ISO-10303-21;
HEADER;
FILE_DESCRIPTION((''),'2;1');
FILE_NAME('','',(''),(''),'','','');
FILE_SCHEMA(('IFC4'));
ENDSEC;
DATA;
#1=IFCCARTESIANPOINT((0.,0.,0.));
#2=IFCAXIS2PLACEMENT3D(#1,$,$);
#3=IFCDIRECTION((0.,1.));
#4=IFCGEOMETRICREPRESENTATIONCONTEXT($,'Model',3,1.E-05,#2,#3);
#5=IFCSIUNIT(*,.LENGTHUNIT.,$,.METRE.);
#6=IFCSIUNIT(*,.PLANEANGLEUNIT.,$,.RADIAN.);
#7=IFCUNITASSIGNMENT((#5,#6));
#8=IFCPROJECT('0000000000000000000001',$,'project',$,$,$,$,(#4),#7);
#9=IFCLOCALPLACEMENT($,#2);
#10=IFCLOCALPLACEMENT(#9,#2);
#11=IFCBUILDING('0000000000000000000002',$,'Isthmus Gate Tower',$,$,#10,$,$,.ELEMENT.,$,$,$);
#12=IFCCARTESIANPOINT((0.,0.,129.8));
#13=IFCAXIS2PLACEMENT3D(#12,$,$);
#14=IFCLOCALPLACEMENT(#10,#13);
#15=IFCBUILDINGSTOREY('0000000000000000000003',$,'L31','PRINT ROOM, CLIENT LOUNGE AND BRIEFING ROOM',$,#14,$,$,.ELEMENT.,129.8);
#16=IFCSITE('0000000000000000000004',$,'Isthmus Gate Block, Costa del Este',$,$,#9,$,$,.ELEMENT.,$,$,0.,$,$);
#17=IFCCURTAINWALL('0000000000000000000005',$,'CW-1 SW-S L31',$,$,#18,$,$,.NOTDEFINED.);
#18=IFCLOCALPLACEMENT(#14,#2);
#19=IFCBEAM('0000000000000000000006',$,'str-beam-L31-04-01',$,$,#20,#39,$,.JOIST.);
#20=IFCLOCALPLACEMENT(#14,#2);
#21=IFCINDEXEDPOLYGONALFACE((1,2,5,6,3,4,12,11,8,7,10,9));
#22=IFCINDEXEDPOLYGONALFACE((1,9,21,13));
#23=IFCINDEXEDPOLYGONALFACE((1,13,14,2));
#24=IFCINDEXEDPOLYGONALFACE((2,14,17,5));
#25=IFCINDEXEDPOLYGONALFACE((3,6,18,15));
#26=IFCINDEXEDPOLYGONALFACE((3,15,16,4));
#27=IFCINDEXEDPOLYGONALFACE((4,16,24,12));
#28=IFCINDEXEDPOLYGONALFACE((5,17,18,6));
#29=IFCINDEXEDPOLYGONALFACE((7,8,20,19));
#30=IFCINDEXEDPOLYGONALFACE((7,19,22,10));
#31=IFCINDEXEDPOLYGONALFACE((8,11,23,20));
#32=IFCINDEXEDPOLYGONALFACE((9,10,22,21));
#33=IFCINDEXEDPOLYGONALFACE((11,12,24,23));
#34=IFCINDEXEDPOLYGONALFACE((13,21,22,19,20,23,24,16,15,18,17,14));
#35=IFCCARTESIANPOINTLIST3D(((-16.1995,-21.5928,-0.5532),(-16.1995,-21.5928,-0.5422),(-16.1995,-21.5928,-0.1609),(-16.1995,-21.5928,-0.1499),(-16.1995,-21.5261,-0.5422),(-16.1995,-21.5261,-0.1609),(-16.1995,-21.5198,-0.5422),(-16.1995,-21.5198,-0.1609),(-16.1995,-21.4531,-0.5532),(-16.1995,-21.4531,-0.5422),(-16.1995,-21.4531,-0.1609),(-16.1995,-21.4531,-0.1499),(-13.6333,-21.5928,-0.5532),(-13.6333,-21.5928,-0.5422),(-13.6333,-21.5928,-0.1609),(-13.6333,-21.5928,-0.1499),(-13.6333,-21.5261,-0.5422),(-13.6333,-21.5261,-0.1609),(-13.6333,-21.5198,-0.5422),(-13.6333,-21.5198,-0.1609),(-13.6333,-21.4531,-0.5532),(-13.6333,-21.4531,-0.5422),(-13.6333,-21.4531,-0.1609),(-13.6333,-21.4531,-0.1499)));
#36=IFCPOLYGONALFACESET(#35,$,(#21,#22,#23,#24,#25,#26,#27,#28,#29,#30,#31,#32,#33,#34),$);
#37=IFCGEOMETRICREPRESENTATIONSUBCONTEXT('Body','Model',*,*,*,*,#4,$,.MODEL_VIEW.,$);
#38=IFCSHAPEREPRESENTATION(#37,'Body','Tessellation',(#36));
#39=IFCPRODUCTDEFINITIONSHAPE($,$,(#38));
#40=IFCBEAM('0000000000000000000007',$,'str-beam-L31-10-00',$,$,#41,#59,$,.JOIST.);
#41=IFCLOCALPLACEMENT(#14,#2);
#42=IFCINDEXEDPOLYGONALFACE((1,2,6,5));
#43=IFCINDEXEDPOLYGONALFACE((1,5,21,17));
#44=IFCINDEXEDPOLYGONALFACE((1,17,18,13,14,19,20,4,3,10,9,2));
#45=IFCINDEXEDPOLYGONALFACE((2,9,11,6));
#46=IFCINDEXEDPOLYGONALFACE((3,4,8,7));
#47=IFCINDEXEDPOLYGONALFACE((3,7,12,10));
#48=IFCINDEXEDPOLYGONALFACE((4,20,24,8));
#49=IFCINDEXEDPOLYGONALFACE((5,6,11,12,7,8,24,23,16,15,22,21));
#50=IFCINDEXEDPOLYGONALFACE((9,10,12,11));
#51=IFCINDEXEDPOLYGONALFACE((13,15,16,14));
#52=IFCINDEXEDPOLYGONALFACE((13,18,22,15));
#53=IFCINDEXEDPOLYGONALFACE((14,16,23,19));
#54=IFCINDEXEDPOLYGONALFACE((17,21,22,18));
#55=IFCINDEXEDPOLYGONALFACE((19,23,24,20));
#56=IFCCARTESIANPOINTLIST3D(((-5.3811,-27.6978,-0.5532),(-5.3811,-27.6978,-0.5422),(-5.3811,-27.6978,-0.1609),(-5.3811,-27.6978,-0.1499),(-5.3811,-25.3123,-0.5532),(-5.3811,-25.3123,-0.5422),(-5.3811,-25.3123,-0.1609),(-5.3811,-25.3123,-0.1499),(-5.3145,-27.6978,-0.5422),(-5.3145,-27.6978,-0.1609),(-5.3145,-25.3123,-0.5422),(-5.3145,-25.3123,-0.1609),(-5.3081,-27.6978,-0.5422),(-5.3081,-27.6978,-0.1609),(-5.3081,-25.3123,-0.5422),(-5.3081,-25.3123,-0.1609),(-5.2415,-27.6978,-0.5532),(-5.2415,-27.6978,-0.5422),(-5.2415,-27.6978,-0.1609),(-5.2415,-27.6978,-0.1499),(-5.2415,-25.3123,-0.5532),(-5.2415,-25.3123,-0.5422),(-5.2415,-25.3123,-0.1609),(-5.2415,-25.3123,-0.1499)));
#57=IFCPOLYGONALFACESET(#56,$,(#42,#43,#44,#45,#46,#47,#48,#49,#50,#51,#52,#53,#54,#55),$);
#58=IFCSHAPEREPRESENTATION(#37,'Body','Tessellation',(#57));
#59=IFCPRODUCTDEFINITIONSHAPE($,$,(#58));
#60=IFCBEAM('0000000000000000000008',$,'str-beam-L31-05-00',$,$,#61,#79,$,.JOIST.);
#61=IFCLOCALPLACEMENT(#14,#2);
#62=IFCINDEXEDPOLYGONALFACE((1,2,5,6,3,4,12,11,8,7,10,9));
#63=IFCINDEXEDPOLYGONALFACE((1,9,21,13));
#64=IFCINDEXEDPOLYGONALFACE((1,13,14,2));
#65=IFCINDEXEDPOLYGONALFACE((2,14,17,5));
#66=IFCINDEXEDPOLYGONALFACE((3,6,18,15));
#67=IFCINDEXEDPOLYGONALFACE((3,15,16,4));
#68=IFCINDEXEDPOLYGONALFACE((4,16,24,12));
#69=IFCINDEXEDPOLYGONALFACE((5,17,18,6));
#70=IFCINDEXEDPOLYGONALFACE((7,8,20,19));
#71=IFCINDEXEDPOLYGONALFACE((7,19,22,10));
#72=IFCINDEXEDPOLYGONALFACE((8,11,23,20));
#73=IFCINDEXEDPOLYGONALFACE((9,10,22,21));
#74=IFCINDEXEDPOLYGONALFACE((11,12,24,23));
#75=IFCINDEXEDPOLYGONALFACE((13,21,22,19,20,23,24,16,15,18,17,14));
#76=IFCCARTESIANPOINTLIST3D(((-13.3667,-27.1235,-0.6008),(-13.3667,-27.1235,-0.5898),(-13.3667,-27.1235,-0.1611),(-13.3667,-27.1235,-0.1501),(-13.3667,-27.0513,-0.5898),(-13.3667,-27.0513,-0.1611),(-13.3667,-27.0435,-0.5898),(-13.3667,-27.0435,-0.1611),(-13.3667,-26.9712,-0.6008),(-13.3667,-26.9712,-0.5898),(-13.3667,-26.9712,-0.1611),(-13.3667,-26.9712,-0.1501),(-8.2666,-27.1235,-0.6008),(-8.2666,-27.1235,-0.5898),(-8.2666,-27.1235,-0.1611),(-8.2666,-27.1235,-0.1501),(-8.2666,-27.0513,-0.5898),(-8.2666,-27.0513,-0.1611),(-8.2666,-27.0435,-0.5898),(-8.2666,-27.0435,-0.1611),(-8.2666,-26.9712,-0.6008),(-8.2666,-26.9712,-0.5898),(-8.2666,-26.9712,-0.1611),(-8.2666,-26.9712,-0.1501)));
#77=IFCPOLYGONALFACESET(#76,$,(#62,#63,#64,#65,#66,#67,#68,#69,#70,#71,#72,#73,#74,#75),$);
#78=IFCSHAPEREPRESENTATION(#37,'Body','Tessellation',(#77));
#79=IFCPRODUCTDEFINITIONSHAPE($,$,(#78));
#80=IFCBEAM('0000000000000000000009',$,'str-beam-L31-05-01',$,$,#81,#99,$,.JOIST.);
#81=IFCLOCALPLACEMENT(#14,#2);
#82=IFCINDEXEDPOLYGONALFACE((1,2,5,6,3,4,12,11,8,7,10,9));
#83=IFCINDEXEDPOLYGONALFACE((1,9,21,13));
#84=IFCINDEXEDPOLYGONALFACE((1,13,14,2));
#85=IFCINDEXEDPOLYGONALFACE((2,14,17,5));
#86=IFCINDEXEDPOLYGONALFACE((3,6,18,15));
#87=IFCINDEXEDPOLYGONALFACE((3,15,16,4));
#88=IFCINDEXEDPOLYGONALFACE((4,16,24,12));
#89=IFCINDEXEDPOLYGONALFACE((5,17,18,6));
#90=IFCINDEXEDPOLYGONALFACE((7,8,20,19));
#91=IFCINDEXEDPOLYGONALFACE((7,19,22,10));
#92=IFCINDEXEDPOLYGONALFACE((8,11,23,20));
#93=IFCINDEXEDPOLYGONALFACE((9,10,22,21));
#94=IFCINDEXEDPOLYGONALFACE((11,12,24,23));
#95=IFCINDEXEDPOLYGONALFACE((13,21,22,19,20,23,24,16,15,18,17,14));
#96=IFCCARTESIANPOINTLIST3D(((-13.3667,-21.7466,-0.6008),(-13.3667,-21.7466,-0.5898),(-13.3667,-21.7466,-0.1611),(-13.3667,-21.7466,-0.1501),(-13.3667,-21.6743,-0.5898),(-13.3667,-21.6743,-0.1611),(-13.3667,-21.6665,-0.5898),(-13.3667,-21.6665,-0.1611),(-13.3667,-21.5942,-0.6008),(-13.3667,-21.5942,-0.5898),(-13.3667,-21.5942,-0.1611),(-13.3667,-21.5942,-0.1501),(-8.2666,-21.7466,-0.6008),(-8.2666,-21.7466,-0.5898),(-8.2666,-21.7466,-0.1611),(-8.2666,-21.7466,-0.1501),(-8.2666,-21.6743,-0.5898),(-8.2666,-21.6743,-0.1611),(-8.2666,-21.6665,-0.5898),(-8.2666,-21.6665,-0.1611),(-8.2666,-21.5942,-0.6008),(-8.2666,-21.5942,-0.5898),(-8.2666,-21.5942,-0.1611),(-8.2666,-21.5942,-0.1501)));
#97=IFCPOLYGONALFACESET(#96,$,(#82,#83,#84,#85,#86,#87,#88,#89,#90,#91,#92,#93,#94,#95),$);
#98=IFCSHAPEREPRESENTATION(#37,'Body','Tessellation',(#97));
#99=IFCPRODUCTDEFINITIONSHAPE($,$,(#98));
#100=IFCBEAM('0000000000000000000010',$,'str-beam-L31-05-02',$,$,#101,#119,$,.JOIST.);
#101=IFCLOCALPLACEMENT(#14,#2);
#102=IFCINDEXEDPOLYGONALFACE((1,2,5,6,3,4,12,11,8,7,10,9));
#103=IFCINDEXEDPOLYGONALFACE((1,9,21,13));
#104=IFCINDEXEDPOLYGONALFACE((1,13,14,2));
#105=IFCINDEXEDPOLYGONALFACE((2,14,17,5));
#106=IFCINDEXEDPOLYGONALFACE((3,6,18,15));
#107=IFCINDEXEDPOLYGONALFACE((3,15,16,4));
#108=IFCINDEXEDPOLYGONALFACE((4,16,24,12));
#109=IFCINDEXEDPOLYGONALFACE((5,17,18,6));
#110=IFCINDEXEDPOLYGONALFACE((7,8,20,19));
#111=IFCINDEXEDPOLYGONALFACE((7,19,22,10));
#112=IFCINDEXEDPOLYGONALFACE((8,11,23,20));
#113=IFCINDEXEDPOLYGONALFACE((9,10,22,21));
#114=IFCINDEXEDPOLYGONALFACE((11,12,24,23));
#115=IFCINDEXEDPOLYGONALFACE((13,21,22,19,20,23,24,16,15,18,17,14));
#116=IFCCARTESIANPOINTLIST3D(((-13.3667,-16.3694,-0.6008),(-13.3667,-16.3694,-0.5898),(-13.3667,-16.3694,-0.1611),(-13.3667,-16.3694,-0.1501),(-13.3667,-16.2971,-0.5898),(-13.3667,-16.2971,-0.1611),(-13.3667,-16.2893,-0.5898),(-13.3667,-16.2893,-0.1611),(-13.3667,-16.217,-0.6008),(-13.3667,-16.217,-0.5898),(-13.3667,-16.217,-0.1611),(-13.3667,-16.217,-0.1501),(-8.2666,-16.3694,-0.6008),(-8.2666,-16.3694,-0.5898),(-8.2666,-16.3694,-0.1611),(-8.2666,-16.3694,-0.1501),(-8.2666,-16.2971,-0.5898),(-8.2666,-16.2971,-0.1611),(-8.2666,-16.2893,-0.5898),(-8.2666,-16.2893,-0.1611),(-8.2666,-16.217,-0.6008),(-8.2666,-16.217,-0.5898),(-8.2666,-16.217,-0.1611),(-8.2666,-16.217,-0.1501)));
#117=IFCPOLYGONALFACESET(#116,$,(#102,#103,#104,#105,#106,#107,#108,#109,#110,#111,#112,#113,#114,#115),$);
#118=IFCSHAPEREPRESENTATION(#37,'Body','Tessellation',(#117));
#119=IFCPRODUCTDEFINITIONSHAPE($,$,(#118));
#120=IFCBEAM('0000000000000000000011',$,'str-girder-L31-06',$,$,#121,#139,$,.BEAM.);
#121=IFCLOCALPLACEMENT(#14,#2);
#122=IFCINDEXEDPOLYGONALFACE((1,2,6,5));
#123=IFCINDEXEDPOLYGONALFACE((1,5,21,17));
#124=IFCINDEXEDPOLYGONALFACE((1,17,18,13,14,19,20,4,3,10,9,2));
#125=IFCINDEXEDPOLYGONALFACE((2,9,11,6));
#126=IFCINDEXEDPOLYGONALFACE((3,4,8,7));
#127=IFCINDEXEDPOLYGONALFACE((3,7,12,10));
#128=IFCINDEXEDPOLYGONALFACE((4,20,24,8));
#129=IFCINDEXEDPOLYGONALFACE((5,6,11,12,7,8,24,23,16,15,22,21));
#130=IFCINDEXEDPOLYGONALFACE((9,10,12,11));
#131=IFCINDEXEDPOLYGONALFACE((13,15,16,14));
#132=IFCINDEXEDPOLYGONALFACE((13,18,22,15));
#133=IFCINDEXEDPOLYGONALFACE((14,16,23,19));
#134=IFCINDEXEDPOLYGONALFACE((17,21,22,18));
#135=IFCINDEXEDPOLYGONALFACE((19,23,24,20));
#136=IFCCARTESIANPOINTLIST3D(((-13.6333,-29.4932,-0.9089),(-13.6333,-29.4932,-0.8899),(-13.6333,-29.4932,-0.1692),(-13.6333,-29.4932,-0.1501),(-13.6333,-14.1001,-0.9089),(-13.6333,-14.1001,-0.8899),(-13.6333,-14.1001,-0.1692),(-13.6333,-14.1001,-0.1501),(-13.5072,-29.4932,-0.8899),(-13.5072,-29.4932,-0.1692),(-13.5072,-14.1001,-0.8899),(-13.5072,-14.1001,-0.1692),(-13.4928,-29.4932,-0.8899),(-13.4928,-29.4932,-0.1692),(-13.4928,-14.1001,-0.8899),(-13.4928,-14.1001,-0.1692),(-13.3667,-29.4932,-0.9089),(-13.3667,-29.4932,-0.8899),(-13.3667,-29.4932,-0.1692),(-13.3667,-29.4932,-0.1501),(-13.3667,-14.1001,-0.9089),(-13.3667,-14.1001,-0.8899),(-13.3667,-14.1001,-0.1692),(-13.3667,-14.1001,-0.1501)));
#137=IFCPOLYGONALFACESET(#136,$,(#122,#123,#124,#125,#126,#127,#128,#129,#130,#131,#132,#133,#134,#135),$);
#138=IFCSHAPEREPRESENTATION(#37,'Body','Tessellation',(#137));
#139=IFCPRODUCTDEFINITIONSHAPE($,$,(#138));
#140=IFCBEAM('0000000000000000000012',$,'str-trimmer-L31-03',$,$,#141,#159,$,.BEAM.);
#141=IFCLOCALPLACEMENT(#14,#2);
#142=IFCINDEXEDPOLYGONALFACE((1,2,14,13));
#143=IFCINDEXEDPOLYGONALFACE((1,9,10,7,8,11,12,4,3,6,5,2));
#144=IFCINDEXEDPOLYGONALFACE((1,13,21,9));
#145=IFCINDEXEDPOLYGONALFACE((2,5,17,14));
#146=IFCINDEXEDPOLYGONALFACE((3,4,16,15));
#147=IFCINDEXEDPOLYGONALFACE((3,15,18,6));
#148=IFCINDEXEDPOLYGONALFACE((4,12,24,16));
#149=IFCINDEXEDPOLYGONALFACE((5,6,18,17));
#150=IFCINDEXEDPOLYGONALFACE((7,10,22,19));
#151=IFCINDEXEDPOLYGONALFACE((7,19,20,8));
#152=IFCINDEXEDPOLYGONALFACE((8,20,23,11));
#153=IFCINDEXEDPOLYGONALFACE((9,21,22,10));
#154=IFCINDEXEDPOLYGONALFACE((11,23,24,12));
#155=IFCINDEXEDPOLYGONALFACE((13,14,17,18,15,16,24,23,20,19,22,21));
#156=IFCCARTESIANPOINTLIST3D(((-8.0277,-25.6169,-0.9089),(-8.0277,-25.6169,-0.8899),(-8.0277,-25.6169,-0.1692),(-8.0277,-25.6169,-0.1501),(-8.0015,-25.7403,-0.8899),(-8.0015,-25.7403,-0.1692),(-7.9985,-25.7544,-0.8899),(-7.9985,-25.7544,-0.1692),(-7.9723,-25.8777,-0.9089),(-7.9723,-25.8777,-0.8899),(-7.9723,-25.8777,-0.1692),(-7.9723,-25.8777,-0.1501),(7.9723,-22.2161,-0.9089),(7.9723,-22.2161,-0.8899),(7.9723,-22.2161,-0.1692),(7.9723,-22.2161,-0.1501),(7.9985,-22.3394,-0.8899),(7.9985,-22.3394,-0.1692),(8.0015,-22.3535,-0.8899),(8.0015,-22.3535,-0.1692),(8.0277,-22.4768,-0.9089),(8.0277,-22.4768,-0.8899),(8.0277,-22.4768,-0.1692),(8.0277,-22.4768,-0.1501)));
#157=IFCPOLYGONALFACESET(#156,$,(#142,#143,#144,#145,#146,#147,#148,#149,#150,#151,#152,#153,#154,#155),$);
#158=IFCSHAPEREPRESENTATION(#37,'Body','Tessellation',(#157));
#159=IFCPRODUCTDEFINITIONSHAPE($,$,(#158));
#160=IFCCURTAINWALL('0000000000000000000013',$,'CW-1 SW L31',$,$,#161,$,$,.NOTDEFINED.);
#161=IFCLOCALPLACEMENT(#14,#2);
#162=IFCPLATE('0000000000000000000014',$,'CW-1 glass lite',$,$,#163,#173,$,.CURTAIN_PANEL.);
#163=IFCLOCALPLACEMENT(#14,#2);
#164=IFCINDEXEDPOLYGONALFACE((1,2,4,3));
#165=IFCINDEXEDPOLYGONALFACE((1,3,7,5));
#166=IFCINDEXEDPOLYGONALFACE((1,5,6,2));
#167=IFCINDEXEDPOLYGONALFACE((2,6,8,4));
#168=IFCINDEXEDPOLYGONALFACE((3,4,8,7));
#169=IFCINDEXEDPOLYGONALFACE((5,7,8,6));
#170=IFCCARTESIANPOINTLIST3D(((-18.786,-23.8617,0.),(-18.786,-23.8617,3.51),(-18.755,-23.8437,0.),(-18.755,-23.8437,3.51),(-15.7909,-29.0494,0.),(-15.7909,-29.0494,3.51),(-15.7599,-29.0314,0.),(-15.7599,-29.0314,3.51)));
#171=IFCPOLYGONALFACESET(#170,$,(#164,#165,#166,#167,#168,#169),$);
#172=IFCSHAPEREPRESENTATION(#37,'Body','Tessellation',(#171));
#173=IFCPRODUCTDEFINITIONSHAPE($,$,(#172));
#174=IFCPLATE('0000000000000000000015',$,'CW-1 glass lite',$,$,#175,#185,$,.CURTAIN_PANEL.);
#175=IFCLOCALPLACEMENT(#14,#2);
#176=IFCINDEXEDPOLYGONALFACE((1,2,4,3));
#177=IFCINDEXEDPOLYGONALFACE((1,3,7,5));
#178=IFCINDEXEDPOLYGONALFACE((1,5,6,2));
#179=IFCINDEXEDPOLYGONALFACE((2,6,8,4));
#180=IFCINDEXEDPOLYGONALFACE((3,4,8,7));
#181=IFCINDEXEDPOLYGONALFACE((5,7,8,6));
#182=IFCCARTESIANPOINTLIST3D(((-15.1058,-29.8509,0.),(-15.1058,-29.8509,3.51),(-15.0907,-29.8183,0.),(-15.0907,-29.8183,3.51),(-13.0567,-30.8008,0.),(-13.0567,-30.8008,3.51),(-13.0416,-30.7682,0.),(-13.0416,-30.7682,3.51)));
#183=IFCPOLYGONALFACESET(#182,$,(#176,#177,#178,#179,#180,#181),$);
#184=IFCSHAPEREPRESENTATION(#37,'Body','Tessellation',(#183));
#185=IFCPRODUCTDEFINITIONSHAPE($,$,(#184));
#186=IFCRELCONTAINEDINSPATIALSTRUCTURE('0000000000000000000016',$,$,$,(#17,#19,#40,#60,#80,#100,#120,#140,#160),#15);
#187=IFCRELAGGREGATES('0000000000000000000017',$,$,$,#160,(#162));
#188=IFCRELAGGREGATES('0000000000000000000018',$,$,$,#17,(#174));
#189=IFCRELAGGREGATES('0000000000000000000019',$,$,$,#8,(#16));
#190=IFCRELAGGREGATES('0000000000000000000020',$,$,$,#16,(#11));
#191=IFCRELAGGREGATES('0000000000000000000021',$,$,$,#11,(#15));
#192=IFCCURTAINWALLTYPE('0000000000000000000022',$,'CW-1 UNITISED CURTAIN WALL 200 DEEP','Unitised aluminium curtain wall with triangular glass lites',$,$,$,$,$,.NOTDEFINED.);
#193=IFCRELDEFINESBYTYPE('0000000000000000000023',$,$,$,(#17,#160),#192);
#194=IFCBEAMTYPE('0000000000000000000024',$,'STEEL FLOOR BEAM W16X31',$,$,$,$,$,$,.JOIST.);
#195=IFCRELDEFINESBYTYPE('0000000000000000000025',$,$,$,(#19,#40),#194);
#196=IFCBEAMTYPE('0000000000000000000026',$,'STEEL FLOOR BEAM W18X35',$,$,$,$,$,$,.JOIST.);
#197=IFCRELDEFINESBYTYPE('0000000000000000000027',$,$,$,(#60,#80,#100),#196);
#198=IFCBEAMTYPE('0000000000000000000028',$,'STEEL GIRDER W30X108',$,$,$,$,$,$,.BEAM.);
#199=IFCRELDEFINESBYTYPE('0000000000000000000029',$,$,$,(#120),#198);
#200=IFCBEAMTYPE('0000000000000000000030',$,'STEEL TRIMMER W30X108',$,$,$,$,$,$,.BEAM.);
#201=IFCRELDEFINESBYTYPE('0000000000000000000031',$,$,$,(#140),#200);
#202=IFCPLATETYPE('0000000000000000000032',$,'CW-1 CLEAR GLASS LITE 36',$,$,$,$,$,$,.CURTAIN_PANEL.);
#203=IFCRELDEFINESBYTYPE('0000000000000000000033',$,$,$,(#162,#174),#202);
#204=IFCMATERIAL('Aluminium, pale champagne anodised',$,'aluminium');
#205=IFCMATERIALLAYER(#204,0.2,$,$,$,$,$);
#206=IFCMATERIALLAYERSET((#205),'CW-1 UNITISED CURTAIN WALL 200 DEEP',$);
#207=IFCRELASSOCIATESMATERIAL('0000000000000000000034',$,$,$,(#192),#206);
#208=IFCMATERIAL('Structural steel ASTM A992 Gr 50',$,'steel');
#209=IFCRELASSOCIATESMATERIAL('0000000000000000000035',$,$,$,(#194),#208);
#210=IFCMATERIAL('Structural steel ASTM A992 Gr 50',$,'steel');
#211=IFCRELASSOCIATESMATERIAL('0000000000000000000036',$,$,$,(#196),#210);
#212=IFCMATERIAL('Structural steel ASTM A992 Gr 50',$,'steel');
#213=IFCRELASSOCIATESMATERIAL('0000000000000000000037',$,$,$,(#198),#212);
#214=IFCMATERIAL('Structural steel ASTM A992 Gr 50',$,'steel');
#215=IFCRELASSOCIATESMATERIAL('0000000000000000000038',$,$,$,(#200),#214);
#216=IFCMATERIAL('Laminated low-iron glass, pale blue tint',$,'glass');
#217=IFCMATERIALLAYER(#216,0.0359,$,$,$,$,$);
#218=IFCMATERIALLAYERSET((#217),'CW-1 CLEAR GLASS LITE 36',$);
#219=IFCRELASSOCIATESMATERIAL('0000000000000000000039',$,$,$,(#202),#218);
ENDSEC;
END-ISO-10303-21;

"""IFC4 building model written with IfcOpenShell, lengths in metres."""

from ifc_helpers import new_model, si_unit, direction, frame, origin, origin_2d, place, context, subcontext, project, spatial, rectangle, i_section, extrude, material, layer, layer_set, material_profile, profile_set, type_object, element, aggregate, save


model = new_model("IFC4")

# Units and contexts
model_context = context("Model", 3, precision=1e-05, world=origin(), true_north=direction((0.0, 1.0)))
body_context = subcontext(model_context, "Body", "Model", "MODEL_VIEW")
ifc_project = project(units=[si_unit("LENGTHUNIT", "METRE"), si_unit("PLANEANGLEUNIT", "RADIAN")], contexts=[model_context])

# Site, building, storey
site_placement = place(None, origin())
site = spatial("IfcSite", under=ifc_project, at=site_placement, Name="Isthmus Gate Block, Costa del Este", CompositionType="ELEMENT", RefElevation=0.0)
building_placement = place(site_placement, origin())
building = spatial("IfcBuilding", under=site, at=building_placement, Name="Isthmus Gate Tower", CompositionType="ELEMENT")
storey_placement = place(building_placement, frame((0.0, 0.0, 129.8)))
storey = spatial("IfcBuildingStorey", under=building, at=storey_placement, Name="L31", Description="PRINT ROOM, CLIENT LOUNGE AND BRIEFING ROOM", CompositionType="ELEMENT", Elevation=129.8)

# Curtain wall
ifc_material_1 = material(Name="Aluminium, pale champagne anodised", Category="aluminium")
ifc_layer_1 = layer(ifc_material_1, 0.2)
ifc_layer_set_1 = layer_set([ifc_layer_1], Name="CW-1 UNITISED CURTAIN WALL 200 DEEP")
curtain_wall_type_1 = type_object("IfcCurtainWallType", Name="CW-1 UNITISED CURTAIN WALL 200 DEEP", Description="Unitised aluminium curtain wall with triangular glass lites", PredefinedType="NOTDEFINED", material=ifc_layer_set_1)
curtain_wall_1_placement = place(storey_placement, origin())
curtain_wall_1 = element("IfcCurtainWall", 1, at=curtain_wall_1_placement, inside=storey, type_object=curtain_wall_type_1, Name="CW-1 SW-S L31", PredefinedType="NOTDEFINED")

# Beams
ifc_material_2 = material(Name="Structural steel ASTM A992 Gr 50", Category="steel")
ifc_material_profile_1 = material_profile(ifc_material_2, i_section(OverallWidth=0.1396, OverallDepth=0.4033, WebThickness=0.0063, FlangeThickness=0.011, at=origin_2d()), Name="W16X31")
ifc_profile_set_1 = profile_set([ifc_material_profile_1], Name="Structural steel ASTM A992 Gr 50")
beam_type_1 = type_object("IfcBeamType", Name="STEEL FLOOR BEAM W16X31", PredefinedType="JOIST", material=ifc_profile_set_1)
beam_1_placement = place(storey_placement, frame((-16.1995, -21.5229, -0.3516), z_axis=(1.0, 0.0, 0.0), x_axis=(0.0, 1.0, 0.0)))
element("IfcBeam", 2, at=beam_1_placement, inside=storey, type_object=beam_type_1, Name="str-beam-L31-04-01", PredefinedType="JOIST", context=body_context, shape_type="SweptSolid", body=[
    extrude(i_section(OverallWidth=0.1396, OverallDepth=0.4033, WebThickness=0.0063, FlangeThickness=0.011, at=origin_2d()), origin(), (0.0, 0.0, 1.0), 2.5662),
])
beam_2_placement = place(storey_placement, frame((-5.3113, -27.6978, -0.3516), z_axis=(0.0, 1.0, 0.0), x_axis=(-1.0, 0.0, 0.0)))
element("IfcBeam", 3, at=beam_2_placement, inside=storey, type_object=beam_type_1, Name="str-beam-L31-10-00", PredefinedType="JOIST", context=body_context, shape_type="SweptSolid", body=[
    extrude(i_section(OverallWidth=0.1396, OverallDepth=0.4033, WebThickness=0.0063, FlangeThickness=0.011, at=origin_2d()), origin(), (0.0, 0.0, 1.0), 2.3855),
])
ifc_material_3 = material(Name="Structural steel ASTM A992 Gr 50", Category="steel")
ifc_material_profile_2 = material_profile(ifc_material_3, i_section(OverallWidth=0.1523, OverallDepth=0.4507, WebThickness=0.0078, FlangeThickness=0.011, at=origin_2d()), Name="W18X35")
ifc_profile_set_2 = profile_set([ifc_material_profile_2], Name="Structural steel ASTM A992 Gr 50")
beam_type_2 = type_object("IfcBeamType", Name="STEEL FLOOR BEAM W18X35", PredefinedType="JOIST", material=ifc_profile_set_2)
for number, where, z_axis, x_axis, name in (
    (4, (-13.3667, -27.0474, -0.3755), (1.0, 0.0, 0.0), (0.0, 1.0, 0.0), "str-beam-L31-05-00"),
    (5, (-13.3667, -21.6704, -0.3755), (1.0, 0.0, 0.0), (0.0, 1.0, 0.0), "str-beam-L31-05-01"),
    (6, (-13.3667, -16.2932, -0.3755), (1.0, 0.0, 0.0), (0.0, 1.0, 0.0), "str-beam-L31-05-02"),
):
    element("IfcBeam", number, at=place(storey_placement, frame(where, z_axis=z_axis, x_axis=x_axis)), inside=storey, type_object=beam_type_2, Name=name, PredefinedType="JOIST", context=body_context, shape_type="SweptSolid", body=[
        extrude(i_section(OverallWidth=0.1523, OverallDepth=0.4507, WebThickness=0.0078, FlangeThickness=0.011, at=origin_2d()), origin(), (0.0, 0.0, 1.0), 5.1001),
    ])
ifc_material_4 = material(Name="Structural steel ASTM A992 Gr 50", Category="steel")
ifc_material_profile_3 = material_profile(ifc_material_4, i_section(OverallWidth=0.2666, OverallDepth=0.7588, WebThickness=0.0144, FlangeThickness=0.019, at=origin_2d()), Name="W30X108")
ifc_profile_set_3 = profile_set([ifc_material_profile_3], Name="Structural steel ASTM A992 Gr 50")
beam_type_3 = type_object("IfcBeamType", Name="STEEL GIRDER W30X108", PredefinedType="BEAM", material=ifc_profile_set_3)
beam_3_placement = place(storey_placement, frame((-13.5, -29.4932, -0.5295), z_axis=(0.0, 1.0, 0.0), x_axis=(-1.0, 0.0, 0.0)))
element("IfcBeam", 7, at=beam_3_placement, inside=storey, type_object=beam_type_3, Name="str-girder-L31-06", PredefinedType="BEAM", context=body_context, shape_type="SweptSolid", body=[
    extrude(i_section(OverallWidth=0.2666, OverallDepth=0.7588, WebThickness=0.0144, FlangeThickness=0.019, at=origin_2d()), origin(), (0.0, 0.0, 1.0), 15.3931),
])
ifc_material_5 = material(Name="Structural steel ASTM A992 Gr 50", Category="steel")
ifc_material_profile_4 = material_profile(ifc_material_5, i_section(OverallWidth=0.2666, OverallDepth=0.7588, WebThickness=0.0144, FlangeThickness=0.019, at=origin_2d()), Name="W30X108")
ifc_profile_set_4 = profile_set([ifc_material_profile_4], Name="Structural steel ASTM A992 Gr 50")
beam_type_4 = type_object("IfcBeamType", Name="STEEL TRIMMER W30X108", PredefinedType="BEAM", material=ifc_profile_set_4)
beam_4_placement = place(storey_placement, frame((-8.0, -25.7473, -0.5295), z_axis=(0.978148, 0.20791, 0.0), x_axis=(-0.20791, 0.978148, 0.0)))
element("IfcBeam", 8, at=beam_4_placement, inside=storey, type_object=beam_type_4, Name="str-trimmer-L31-03", PredefinedType="BEAM", context=body_context, shape_type="SweptSolid", body=[
    extrude(i_section(OverallWidth=0.2666, OverallDepth=0.7588, WebThickness=0.0144, FlangeThickness=0.019, at=origin_2d()), origin(), (0.0, 0.0, 1.0), 16.3574),
])

# Curtain wall, plate
curtain_wall_2_placement = place(storey_placement, origin())
curtain_wall_2 = element("IfcCurtainWall", 9, at=curtain_wall_2_placement, inside=storey, type_object=curtain_wall_type_1, Name="CW-1 SW L31", PredefinedType="NOTDEFINED")
ifc_material_6 = material(Name="Laminated low-iron glass, pale blue tint", Category="glass")
ifc_layer_2 = layer(ifc_material_6, 0.0359)
ifc_layer_set_2 = layer_set([ifc_layer_2], Name="CW-1 CLEAR GLASS LITE 36")
plate_type_1 = type_object("IfcPlateType", Name="CW-1 CLEAR GLASS LITE 36", PredefinedType="CURTAIN_PANEL", material=ifc_layer_set_2)
plate_1_placement = place(storey_placement, frame((-17.2729, -26.4465, 0.0), z_axis=(0.0, 0.0, 1.0), x_axis=(0.5, -0.866025, 0.0)))
plate_1 = element("IfcPlate", 10, at=plate_1_placement, type_object=plate_type_1, Name="CW-1 glass lite", PredefinedType="CURTAIN_PANEL", context=body_context, shape_type="SweptSolid", body=[
    extrude(rectangle(XDim=5.9902, YDim=0.0359, at=origin_2d()), origin(), (0.0, 0.0, 1.0), 3.51),
])
aggregate(curtain_wall_2, [plate_1])

# Plate
plate_2_placement = place(storey_placement, frame((-14.0737, -30.3096, 0.0), z_axis=(0.0, 0.0, 1.0), x_axis=(0.907256, -0.420578, 0.0)))
plate_2 = element("IfcPlate", 11, at=plate_2_placement, type_object=plate_type_1, Name="CW-1 glass lite", PredefinedType="CURTAIN_PANEL", context=body_context, shape_type="SweptSolid", body=[
    extrude(rectangle(XDim=2.2585, YDim=0.0359, at=origin_2d()), origin(), (0.0, 0.0, 1.0), 3.51),
])
aggregate(curtain_wall_1, [plate_2])

save(model, "model.ifc")
